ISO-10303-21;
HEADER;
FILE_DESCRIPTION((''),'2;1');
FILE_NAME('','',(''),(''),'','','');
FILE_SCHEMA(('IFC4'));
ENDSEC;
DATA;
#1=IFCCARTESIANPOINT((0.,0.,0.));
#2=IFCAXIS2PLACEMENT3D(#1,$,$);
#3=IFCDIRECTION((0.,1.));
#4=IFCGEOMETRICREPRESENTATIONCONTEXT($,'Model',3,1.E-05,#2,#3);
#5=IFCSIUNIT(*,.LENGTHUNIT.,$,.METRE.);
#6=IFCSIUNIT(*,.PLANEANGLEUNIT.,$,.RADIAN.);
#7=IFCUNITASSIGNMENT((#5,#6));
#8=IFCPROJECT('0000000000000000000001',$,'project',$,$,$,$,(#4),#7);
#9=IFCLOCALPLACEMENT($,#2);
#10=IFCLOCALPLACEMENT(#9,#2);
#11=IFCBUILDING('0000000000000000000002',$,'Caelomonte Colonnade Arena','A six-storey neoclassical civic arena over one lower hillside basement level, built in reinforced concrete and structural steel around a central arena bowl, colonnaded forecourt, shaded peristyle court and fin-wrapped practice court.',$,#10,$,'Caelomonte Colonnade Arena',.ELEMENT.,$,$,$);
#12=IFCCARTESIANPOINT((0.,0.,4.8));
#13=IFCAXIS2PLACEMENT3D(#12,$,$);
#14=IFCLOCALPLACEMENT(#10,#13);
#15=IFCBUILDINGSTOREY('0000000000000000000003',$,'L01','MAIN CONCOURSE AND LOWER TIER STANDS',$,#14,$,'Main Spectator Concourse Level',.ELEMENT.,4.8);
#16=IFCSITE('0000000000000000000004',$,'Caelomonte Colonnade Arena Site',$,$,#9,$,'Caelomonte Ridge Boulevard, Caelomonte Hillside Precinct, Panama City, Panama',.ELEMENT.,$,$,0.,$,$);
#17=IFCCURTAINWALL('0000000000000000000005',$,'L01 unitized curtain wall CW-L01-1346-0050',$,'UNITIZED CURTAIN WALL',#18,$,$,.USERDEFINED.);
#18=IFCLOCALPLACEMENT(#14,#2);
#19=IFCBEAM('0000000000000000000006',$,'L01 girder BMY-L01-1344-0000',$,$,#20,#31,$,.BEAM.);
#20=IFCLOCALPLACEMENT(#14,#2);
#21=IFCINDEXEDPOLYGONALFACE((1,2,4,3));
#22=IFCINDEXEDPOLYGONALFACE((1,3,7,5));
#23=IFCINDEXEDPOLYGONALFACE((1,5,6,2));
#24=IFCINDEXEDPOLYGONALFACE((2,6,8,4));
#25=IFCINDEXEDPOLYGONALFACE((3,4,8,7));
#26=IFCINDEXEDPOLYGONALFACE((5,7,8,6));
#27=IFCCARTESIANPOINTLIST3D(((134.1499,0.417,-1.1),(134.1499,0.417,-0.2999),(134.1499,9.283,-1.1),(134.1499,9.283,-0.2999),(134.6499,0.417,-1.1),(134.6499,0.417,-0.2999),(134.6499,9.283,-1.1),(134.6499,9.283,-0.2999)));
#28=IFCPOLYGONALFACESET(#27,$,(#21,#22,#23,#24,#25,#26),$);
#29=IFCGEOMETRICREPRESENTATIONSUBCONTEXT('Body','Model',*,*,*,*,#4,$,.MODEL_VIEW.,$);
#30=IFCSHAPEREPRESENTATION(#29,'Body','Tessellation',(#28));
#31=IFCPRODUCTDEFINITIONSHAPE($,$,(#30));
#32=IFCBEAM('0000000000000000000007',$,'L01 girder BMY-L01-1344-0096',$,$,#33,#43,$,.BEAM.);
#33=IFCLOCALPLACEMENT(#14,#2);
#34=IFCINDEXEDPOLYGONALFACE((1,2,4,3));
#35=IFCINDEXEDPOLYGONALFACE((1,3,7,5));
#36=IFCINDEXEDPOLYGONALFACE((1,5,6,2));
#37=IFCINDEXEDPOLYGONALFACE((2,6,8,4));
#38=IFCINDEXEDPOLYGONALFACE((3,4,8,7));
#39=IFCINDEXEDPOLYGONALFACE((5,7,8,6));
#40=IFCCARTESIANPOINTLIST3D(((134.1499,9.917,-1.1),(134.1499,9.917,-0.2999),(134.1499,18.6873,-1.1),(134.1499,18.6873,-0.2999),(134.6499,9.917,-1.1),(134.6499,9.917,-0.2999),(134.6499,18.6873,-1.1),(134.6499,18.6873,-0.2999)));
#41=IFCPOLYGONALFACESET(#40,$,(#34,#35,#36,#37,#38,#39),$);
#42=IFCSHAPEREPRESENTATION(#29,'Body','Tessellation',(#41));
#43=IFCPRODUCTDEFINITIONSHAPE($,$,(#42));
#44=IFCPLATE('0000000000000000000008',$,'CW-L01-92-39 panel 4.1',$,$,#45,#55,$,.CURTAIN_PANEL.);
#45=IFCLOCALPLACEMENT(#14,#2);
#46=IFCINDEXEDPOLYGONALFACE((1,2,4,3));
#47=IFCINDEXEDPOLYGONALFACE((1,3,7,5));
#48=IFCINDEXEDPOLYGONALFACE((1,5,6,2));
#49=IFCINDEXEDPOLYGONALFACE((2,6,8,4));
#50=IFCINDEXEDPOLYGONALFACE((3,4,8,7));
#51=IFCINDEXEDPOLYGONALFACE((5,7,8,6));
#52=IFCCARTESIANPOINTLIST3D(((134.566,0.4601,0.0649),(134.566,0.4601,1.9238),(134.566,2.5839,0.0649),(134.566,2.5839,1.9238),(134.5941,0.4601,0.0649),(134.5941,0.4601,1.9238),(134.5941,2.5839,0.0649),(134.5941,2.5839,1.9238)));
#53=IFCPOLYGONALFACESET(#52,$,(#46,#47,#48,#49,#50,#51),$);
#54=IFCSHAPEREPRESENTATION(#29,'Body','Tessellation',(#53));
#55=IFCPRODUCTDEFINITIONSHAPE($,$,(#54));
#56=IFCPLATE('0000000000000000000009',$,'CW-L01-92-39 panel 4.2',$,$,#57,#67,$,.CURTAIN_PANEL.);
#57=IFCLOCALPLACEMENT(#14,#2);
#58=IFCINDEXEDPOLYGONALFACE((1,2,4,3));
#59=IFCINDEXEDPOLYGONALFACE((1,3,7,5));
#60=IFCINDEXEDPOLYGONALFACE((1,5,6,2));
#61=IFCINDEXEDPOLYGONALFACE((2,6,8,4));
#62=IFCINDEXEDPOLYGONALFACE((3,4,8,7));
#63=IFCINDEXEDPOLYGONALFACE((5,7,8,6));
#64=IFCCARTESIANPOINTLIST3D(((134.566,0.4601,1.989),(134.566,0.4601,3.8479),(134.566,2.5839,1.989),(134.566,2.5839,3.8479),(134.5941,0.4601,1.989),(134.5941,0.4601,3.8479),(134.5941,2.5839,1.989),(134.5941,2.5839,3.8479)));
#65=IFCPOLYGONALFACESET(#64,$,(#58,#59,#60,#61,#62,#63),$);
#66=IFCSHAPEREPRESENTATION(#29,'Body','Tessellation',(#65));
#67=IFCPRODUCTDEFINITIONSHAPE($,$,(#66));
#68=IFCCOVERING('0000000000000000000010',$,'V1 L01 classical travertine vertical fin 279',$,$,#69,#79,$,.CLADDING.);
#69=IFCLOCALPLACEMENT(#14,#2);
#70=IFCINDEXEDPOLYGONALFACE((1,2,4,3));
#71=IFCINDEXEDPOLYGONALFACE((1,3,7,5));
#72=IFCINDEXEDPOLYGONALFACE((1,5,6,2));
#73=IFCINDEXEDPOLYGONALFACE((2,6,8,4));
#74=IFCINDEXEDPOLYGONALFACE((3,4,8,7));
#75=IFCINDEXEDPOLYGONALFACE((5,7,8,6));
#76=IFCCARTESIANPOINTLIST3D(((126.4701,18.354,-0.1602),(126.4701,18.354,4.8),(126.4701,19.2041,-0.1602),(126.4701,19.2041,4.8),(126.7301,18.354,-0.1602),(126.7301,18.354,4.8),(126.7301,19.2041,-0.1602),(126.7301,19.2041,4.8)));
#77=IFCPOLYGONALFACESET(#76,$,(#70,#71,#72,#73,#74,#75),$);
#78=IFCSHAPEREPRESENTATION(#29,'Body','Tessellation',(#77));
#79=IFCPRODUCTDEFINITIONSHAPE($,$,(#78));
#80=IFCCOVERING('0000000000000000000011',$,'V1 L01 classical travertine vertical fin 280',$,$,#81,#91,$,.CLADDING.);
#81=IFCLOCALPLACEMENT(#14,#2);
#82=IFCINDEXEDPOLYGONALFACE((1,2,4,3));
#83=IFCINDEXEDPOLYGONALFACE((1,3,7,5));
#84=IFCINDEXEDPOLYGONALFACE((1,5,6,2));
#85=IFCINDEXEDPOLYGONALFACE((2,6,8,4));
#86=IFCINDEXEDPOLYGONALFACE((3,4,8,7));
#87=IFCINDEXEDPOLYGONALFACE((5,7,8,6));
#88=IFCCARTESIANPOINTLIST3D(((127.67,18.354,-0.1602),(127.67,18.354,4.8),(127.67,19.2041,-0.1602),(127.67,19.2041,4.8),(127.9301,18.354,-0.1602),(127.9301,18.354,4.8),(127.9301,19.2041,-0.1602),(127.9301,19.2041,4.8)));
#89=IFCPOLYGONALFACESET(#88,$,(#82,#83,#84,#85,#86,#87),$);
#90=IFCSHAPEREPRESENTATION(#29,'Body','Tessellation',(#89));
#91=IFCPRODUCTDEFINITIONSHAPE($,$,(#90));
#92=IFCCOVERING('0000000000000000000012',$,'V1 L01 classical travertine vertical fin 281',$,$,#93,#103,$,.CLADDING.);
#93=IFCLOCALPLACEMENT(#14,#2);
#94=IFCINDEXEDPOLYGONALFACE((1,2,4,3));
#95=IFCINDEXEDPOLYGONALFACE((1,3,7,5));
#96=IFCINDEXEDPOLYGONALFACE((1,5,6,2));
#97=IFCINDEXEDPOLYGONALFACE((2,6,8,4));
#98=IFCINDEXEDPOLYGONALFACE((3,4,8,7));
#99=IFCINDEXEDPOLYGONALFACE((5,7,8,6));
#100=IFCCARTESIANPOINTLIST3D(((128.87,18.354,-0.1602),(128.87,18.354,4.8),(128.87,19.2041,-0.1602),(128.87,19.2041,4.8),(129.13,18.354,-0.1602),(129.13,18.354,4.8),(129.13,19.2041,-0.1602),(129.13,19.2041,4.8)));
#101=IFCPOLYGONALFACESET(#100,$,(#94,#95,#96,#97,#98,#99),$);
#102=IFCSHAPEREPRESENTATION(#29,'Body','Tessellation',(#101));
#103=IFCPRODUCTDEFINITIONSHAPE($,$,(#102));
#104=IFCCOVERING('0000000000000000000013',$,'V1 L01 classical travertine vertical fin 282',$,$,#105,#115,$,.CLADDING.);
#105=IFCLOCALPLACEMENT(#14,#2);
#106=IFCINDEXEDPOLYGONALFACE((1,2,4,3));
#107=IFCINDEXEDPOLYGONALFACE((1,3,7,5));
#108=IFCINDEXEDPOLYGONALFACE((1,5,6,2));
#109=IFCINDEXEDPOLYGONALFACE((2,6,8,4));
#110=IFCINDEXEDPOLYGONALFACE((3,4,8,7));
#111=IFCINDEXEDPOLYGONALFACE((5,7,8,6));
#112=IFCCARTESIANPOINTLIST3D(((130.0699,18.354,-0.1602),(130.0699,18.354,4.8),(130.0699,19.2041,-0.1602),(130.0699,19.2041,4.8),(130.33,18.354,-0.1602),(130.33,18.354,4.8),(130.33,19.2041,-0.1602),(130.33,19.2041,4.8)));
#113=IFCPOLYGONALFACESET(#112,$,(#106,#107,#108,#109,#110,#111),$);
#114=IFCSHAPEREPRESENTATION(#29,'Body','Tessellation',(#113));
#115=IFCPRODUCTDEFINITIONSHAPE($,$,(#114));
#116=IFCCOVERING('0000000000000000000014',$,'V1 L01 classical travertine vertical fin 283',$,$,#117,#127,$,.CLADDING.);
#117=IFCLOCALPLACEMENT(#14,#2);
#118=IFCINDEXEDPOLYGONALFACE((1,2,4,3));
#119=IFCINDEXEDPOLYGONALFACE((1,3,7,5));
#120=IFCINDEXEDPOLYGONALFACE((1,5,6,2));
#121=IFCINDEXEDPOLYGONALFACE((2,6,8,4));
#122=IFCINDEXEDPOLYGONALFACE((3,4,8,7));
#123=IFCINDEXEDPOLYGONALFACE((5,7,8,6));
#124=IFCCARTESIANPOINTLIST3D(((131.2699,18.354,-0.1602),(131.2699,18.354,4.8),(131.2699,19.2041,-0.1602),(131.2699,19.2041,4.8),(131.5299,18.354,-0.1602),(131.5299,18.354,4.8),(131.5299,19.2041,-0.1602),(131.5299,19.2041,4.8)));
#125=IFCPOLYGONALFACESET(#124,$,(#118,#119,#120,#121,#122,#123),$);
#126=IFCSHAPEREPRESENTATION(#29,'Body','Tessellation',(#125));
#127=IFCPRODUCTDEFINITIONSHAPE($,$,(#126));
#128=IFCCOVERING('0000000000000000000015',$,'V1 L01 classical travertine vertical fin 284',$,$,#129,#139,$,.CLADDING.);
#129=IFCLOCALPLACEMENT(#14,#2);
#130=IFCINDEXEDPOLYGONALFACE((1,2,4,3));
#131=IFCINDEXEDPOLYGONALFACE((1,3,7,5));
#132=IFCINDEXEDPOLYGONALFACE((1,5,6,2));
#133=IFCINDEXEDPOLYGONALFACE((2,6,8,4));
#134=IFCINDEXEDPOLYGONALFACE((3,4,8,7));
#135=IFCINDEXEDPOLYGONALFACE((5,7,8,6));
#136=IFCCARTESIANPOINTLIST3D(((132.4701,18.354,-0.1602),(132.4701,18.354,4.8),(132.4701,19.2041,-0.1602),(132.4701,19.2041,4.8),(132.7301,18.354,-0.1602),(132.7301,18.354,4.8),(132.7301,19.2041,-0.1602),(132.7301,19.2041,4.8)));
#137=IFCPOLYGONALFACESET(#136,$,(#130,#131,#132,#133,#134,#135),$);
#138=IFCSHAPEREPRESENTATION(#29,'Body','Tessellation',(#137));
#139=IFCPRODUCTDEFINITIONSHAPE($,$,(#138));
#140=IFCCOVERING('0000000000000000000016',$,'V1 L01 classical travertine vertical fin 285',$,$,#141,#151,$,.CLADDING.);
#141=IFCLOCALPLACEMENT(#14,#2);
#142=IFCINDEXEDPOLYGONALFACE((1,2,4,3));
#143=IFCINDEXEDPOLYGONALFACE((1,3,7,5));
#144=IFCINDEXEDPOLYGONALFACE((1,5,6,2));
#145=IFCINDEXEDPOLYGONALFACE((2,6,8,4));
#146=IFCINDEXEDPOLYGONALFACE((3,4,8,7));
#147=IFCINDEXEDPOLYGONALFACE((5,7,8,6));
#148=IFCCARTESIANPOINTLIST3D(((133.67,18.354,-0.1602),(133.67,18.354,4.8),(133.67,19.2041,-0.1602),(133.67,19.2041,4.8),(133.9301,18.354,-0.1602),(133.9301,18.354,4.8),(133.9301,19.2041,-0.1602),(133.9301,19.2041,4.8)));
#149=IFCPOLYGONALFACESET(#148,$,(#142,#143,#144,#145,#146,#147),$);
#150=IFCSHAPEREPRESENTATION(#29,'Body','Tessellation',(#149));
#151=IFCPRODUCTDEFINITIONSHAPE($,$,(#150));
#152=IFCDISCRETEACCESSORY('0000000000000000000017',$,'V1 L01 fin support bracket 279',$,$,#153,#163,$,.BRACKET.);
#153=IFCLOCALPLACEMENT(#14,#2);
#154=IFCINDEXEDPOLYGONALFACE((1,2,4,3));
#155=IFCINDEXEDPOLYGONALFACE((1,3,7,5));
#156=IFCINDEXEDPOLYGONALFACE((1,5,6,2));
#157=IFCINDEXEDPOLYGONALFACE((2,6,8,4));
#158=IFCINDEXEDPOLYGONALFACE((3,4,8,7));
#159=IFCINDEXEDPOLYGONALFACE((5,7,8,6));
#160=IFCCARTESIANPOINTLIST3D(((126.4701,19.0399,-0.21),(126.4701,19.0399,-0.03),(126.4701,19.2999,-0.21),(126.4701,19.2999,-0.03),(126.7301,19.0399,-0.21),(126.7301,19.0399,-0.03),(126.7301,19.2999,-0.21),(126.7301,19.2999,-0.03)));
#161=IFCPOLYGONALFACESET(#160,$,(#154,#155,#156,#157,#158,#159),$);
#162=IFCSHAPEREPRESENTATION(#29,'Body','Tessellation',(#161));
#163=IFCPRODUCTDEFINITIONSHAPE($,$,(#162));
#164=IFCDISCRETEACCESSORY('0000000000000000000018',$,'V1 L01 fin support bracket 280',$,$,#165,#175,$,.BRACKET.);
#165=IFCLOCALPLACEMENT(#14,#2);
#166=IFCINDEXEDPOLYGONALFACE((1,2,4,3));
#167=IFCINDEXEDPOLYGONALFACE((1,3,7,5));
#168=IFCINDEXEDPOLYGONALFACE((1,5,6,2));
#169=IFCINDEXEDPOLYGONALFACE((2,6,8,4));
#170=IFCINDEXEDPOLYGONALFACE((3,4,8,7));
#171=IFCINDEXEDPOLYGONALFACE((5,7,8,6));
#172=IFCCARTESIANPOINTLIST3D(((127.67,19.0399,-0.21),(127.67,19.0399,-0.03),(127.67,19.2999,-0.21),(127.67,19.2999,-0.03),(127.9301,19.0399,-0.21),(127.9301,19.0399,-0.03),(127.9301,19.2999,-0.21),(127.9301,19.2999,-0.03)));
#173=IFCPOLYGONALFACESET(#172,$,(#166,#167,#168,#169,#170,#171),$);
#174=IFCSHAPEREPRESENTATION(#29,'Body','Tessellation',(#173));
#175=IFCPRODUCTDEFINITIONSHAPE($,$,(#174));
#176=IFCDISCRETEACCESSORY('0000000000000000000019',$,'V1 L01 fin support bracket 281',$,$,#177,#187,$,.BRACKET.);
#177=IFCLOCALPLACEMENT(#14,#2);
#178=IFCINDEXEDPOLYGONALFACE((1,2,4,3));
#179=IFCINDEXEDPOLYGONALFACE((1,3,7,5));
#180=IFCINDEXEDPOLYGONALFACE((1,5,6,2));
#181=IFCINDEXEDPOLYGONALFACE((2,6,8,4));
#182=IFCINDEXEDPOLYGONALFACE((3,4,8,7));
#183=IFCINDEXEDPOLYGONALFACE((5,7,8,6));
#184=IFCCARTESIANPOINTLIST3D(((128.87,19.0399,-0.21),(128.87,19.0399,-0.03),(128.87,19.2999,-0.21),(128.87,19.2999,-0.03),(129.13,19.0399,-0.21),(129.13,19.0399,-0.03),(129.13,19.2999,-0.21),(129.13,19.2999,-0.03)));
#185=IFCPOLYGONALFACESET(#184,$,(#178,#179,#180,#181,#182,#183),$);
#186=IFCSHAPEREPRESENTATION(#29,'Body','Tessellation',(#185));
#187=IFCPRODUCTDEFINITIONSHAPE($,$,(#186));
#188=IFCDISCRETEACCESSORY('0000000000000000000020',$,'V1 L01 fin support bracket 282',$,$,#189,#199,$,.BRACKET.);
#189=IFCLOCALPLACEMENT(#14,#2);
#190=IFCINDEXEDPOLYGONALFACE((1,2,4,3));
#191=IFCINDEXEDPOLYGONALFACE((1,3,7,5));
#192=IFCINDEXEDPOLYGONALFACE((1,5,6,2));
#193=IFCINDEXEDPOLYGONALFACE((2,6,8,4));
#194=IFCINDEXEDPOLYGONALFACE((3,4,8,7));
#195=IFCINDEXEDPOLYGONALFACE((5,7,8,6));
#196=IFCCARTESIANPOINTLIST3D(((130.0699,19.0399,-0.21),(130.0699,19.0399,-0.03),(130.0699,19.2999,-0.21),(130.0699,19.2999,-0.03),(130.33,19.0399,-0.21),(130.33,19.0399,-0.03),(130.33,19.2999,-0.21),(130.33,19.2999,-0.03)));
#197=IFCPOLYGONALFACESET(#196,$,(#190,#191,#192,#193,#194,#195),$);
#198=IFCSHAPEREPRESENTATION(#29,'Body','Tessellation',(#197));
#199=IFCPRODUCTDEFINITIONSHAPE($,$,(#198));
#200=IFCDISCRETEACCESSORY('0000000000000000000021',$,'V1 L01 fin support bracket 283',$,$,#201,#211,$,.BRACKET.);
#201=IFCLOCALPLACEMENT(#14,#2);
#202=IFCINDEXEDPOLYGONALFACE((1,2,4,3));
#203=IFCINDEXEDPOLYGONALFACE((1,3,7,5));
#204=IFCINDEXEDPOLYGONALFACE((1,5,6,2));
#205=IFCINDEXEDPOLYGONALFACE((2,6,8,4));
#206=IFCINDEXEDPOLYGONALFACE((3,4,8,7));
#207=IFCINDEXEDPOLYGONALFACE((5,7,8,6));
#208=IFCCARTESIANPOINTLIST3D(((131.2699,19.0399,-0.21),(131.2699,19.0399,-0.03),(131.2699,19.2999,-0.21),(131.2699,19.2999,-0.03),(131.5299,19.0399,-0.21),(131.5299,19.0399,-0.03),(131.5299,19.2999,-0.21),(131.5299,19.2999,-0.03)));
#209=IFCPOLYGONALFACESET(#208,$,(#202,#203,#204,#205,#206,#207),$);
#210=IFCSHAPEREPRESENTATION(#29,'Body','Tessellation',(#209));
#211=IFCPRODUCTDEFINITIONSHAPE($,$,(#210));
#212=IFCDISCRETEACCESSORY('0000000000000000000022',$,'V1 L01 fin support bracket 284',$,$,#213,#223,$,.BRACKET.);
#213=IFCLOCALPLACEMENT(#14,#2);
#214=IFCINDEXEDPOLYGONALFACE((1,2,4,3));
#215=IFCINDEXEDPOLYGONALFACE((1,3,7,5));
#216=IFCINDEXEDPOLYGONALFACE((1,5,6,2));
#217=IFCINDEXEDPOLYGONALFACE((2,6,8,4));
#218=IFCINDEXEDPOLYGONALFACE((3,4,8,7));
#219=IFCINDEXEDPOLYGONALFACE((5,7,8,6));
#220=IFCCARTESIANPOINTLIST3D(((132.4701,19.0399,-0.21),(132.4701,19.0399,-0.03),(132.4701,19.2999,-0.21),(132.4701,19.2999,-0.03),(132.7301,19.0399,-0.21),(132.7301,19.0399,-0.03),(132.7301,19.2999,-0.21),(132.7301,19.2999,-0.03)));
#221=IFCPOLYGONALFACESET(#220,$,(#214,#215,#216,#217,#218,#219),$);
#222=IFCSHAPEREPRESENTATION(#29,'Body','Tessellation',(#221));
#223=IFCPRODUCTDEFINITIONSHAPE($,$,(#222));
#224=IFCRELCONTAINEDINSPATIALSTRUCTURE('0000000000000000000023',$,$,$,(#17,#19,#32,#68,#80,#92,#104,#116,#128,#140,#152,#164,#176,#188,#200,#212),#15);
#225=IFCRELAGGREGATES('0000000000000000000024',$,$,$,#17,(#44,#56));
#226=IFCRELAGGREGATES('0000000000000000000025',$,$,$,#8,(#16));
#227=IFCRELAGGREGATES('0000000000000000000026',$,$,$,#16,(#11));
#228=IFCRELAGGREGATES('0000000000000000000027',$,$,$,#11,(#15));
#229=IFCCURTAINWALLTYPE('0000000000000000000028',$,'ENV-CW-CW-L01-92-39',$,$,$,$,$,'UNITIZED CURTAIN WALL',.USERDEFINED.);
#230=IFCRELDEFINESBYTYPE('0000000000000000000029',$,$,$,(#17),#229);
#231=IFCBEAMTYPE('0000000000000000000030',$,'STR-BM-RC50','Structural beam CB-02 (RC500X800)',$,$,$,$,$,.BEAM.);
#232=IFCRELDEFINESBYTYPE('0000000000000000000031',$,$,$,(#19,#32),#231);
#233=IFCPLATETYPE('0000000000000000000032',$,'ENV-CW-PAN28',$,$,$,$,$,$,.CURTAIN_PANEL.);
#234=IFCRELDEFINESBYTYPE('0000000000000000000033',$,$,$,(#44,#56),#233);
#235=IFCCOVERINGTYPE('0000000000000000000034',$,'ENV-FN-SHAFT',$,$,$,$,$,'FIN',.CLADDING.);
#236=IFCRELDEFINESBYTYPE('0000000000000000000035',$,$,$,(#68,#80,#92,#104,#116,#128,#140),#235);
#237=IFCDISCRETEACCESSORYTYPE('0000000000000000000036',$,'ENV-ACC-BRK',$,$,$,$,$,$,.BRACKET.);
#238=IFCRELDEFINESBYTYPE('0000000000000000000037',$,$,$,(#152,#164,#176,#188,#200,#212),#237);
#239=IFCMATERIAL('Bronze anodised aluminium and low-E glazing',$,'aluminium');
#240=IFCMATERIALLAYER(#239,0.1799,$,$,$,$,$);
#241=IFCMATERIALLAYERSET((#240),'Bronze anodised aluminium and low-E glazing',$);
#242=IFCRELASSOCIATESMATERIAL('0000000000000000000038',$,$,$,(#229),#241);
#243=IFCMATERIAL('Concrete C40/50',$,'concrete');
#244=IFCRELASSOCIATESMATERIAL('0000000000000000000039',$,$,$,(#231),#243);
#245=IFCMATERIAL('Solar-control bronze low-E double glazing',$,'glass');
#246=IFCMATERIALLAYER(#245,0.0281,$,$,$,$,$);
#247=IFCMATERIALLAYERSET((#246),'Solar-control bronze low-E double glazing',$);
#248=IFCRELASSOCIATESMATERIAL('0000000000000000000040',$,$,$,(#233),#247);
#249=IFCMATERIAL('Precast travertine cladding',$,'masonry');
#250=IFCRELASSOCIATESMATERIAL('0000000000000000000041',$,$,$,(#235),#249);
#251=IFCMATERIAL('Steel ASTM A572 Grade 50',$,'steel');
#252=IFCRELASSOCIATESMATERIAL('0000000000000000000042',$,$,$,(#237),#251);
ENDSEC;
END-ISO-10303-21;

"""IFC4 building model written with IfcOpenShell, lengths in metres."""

from ifc_helpers import new_model, si_unit, direction, frame, origin, origin_2d, place, context, subcontext, project, spatial, rectangle, extrude, material, layer, layer_set, material_profile, profile_set, type_object, element, aggregate, save


model = new_model("IFC4")

# Units and contexts
model_context = context("Model", 3, precision=1e-05, world=origin(), true_north=direction((0.0, 1.0)))
body_context = subcontext(model_context, "Body", "Model", "MODEL_VIEW")
ifc_project = project(units=[si_unit("LENGTHUNIT", "METRE"), si_unit("PLANEANGLEUNIT", "RADIAN")], contexts=[model_context])

# Site, building, storey
site_placement = place(None, origin())
site = spatial("IfcSite", under=ifc_project, at=site_placement, Name="Caelomonte Colonnade Arena Site", LongName="Caelomonte Ridge Boulevard, Caelomonte Hillside Precinct, Panama City, Panama", CompositionType="ELEMENT", RefElevation=0.0)
building_placement = place(site_placement, origin())
building = spatial("IfcBuilding", under=site, at=building_placement, Name="Caelomonte Colonnade Arena", Description="A six-storey neoclassical civic arena over one lower hillside basement level, built in reinforced concrete and structural steel around a central arena bowl, colonnaded forecourt, shaded peristyle court and fin-wrapped practice court.", LongName="Caelomonte Colonnade Arena", CompositionType="ELEMENT")
storey_placement = place(building_placement, frame((0.0, 0.0, 4.8)))
storey = spatial("IfcBuildingStorey", under=building, at=storey_placement, Name="L01", Description="MAIN CONCOURSE AND LOWER TIER STANDS", LongName="Main Spectator Concourse Level", CompositionType="ELEMENT", Elevation=4.8)

# Shared definitions
ifc_material_1 = material(Name="Concrete C40/50", Category="concrete")

# Curtain wall
ifc_material_2 = material(Name="Bronze anodised aluminium and low-E glazing", Category="aluminium")
ifc_layer_1 = layer(ifc_material_2, 0.1799)
ifc_layer_set_1 = layer_set([ifc_layer_1], Name="Bronze anodised aluminium and low-E glazing")
curtain_wall_type = type_object("IfcCurtainWallType", Name="ENV-CW-CW-L01-92-39", ElementType="UNITIZED CURTAIN WALL", PredefinedType="USERDEFINED", material=ifc_layer_set_1)
curtain_wall_placement = place(storey_placement, origin())
curtain_wall = element("IfcCurtainWall", 1, at=curtain_wall_placement, inside=storey, type_object=curtain_wall_type, Name="L01 unitized curtain wall CW-L01-1346-0050", ObjectType="UNITIZED CURTAIN WALL", PredefinedType="USERDEFINED")

# Beams
ifc_material_profile_1 = material_profile(ifc_material_1, rectangle(XDim=0.5, YDim=0.8, at=origin_2d()), Name="RC500X800")
ifc_profile_set_1 = profile_set([ifc_material_profile_1], Name="Concrete C40/50")
beam_type_1 = type_object("IfcBeamType", Name="STR-BM-RC50", Description="Structural beam CB-02 (RC500X800)", PredefinedType="BEAM", material=ifc_profile_set_1)
beam_1_placement = place(storey_placement, frame((134.3999, 0.417, -0.7), z_axis=(0.0, 1.0, 0.0), x_axis=(-1.0, 0.0, 0.0)))
element("IfcBeam", 2, at=beam_1_placement, inside=storey, type_object=beam_type_1, Name="L01 girder BMY-L01-1344-0000", PredefinedType="BEAM", context=body_context, shape_type="SweptSolid", body=[
    extrude(rectangle(XDim=0.5, YDim=0.8, at=origin_2d()), origin(), (0.0, 0.0, 1.0), 8.866),
])
beam_2_placement = place(storey_placement, frame((134.3999, 9.917, -0.7), z_axis=(0.0, 1.0, 0.0), x_axis=(-1.0, 0.0, 0.0)))
element("IfcBeam", 3, at=beam_2_placement, inside=storey, type_object=beam_type_1, Name="L01 girder BMY-L01-1344-0096", PredefinedType="BEAM", context=body_context, shape_type="SweptSolid", body=[
    extrude(rectangle(XDim=0.5, YDim=0.8, at=origin_2d()), origin(), (0.0, 0.0, 1.0), 8.7703),
])

# Plates
ifc_material_3 = material(Name="Solar-control bronze low-E double glazing", Category="glass")
ifc_layer_2 = layer(ifc_material_3, 0.0281)
ifc_layer_set_2 = layer_set([ifc_layer_2], Name="Solar-control bronze low-E double glazing")
plate_type = type_object("IfcPlateType", Name="ENV-CW-PAN28", PredefinedType="CURTAIN_PANEL", material=ifc_layer_set_2)
plate_1_placement = place(storey_placement, frame((134.5801, 1.522, 0.0649), z_axis=(0.0, 0.0, 1.0), x_axis=(0.0, -1.0, 0.0)))
plate_1 = element("IfcPlate", 4, at=plate_1_placement, type_object=plate_type, Name="CW-L01-92-39 panel 4.1", PredefinedType="CURTAIN_PANEL", context=body_context, shape_type="SweptSolid", body=[
    extrude(rectangle(XDim=2.1238, YDim=0.0281, at=origin_2d()), origin(), (0.0, 0.0, 1.0), 1.8589),
])
plate_2_placement = place(storey_placement, frame((134.5801, 1.522, 1.989), z_axis=(0.0, 0.0, 1.0), x_axis=(0.0, -1.0, 0.0)))
plate_2 = element("IfcPlate", 5, at=plate_2_placement, type_object=plate_type, Name="CW-L01-92-39 panel 4.2", PredefinedType="CURTAIN_PANEL", context=body_context, shape_type="SweptSolid", body=[
    extrude(rectangle(XDim=2.1238, YDim=0.0281, at=origin_2d()), origin(), (0.0, 0.0, 1.0), 1.8589),
])
aggregate(curtain_wall, [plate_1, plate_2])

# Coverings
ifc_material_4 = material(Name="Precast travertine cladding", Category="masonry")
ifc_material_profile_2 = material_profile(ifc_material_4, rectangle(XDim=0.26, YDim=0.8501, at=origin_2d()), Name="FIN260X850")
ifc_profile_set_2 = profile_set([ifc_material_profile_2], Name="Precast travertine cladding")
covering_type = type_object("IfcCoveringType", Name="ENV-FN-SHAFT", ElementType="FIN", PredefinedType="CLADDING", material=ifc_profile_set_2)
for number, where, z_axis, x_axis, name in (
    (6, (126.6001, 18.7791, -0.1602), (0.0, 0.0, 1.0), (-1.0, 0.0, 0.0), "V1 L01 classical travertine vertical fin 279"),
    (7, (127.8, 18.7791, -0.1602), (0.0, 0.0, 1.0), (-1.0, 0.0, 0.0), "V1 L01 classical travertine vertical fin 280"),
    (8, (129.0, 18.7791, -0.1602), (0.0, 0.0, 1.0), (-1.0, 0.0, 0.0), "V1 L01 classical travertine vertical fin 281"),
    (9, (130.2, 18.7791, -0.1602), (0.0, 0.0, 1.0), (-1.0, 0.0, 0.0), "V1 L01 classical travertine vertical fin 282"),
    (10, (131.3999, 18.7791, -0.1602), (0.0, 0.0, 1.0), (-1.0, 0.0, 0.0), "V1 L01 classical travertine vertical fin 283"),
    (11, (132.6001, 18.7791, -0.1602), (0.0, 0.0, 1.0), (-1.0, 0.0, 0.0), "V1 L01 classical travertine vertical fin 284"),
    (12, (133.8, 18.7791, -0.1602), (0.0, 0.0, 1.0), (-1.0, 0.0, 0.0), "V1 L01 classical travertine vertical fin 285"),
):
    element("IfcCovering", number, at=place(storey_placement, frame(where, z_axis=z_axis, x_axis=x_axis)), inside=storey, type_object=covering_type, Name=name, PredefinedType="CLADDING", context=body_context, shape_type="SweptSolid", body=[
        extrude(rectangle(XDim=0.26, YDim=0.8501, at=origin_2d()), origin(), (0.0, 0.0, 1.0), 4.9602),
    ])

# Discrete accessories
ifc_material_5 = material(Name="Steel ASTM A572 Grade 50", Category="steel")
discrete_accessory_type = type_object("IfcDiscreteAccessoryType", Name="ENV-ACC-BRK", PredefinedType="BRACKET", material=ifc_material_5)
for number, where, z_axis, x_axis, name in (
    (13, (126.6001, 19.1699, -0.21), (0.0, 0.0, 1.0), (1.0, 0.0, 0.0), "V1 L01 fin support bracket 279"),
    (14, (127.8, 19.1699, -0.21), (0.0, 0.0, 1.0), (1.0, 0.0, 0.0), "V1 L01 fin support bracket 280"),
    (15, (129.0, 19.1699, -0.21), (0.0, 0.0, 1.0), (1.0, 0.0, 0.0), "V1 L01 fin support bracket 281"),
    (16, (130.2, 19.1699, -0.21), (0.0, 0.0, 1.0), (1.0, 0.0, 0.0), "V1 L01 fin support bracket 282"),
    (17, (131.3999, 19.1699, -0.21), (0.0, 0.0, 1.0), (1.0, 0.0, 0.0), "V1 L01 fin support bracket 283"),
    (18, (132.6001, 19.1699, -0.21), (0.0, 0.0, 1.0), (1.0, 0.0, 0.0), "V1 L01 fin support bracket 284"),
):
    element("IfcDiscreteAccessory", number, at=place(storey_placement, frame(where, z_axis=z_axis, x_axis=x_axis)), inside=storey, type_object=discrete_accessory_type, Name=name, PredefinedType="BRACKET", context=body_context, shape_type="SweptSolid", body=[
        extrude(rectangle(XDim=0.26, YDim=0.26, at=origin_2d()), origin(), (0.0, 0.0, 1.0), 0.1799),
    ])

save(model, "model.ifc")
